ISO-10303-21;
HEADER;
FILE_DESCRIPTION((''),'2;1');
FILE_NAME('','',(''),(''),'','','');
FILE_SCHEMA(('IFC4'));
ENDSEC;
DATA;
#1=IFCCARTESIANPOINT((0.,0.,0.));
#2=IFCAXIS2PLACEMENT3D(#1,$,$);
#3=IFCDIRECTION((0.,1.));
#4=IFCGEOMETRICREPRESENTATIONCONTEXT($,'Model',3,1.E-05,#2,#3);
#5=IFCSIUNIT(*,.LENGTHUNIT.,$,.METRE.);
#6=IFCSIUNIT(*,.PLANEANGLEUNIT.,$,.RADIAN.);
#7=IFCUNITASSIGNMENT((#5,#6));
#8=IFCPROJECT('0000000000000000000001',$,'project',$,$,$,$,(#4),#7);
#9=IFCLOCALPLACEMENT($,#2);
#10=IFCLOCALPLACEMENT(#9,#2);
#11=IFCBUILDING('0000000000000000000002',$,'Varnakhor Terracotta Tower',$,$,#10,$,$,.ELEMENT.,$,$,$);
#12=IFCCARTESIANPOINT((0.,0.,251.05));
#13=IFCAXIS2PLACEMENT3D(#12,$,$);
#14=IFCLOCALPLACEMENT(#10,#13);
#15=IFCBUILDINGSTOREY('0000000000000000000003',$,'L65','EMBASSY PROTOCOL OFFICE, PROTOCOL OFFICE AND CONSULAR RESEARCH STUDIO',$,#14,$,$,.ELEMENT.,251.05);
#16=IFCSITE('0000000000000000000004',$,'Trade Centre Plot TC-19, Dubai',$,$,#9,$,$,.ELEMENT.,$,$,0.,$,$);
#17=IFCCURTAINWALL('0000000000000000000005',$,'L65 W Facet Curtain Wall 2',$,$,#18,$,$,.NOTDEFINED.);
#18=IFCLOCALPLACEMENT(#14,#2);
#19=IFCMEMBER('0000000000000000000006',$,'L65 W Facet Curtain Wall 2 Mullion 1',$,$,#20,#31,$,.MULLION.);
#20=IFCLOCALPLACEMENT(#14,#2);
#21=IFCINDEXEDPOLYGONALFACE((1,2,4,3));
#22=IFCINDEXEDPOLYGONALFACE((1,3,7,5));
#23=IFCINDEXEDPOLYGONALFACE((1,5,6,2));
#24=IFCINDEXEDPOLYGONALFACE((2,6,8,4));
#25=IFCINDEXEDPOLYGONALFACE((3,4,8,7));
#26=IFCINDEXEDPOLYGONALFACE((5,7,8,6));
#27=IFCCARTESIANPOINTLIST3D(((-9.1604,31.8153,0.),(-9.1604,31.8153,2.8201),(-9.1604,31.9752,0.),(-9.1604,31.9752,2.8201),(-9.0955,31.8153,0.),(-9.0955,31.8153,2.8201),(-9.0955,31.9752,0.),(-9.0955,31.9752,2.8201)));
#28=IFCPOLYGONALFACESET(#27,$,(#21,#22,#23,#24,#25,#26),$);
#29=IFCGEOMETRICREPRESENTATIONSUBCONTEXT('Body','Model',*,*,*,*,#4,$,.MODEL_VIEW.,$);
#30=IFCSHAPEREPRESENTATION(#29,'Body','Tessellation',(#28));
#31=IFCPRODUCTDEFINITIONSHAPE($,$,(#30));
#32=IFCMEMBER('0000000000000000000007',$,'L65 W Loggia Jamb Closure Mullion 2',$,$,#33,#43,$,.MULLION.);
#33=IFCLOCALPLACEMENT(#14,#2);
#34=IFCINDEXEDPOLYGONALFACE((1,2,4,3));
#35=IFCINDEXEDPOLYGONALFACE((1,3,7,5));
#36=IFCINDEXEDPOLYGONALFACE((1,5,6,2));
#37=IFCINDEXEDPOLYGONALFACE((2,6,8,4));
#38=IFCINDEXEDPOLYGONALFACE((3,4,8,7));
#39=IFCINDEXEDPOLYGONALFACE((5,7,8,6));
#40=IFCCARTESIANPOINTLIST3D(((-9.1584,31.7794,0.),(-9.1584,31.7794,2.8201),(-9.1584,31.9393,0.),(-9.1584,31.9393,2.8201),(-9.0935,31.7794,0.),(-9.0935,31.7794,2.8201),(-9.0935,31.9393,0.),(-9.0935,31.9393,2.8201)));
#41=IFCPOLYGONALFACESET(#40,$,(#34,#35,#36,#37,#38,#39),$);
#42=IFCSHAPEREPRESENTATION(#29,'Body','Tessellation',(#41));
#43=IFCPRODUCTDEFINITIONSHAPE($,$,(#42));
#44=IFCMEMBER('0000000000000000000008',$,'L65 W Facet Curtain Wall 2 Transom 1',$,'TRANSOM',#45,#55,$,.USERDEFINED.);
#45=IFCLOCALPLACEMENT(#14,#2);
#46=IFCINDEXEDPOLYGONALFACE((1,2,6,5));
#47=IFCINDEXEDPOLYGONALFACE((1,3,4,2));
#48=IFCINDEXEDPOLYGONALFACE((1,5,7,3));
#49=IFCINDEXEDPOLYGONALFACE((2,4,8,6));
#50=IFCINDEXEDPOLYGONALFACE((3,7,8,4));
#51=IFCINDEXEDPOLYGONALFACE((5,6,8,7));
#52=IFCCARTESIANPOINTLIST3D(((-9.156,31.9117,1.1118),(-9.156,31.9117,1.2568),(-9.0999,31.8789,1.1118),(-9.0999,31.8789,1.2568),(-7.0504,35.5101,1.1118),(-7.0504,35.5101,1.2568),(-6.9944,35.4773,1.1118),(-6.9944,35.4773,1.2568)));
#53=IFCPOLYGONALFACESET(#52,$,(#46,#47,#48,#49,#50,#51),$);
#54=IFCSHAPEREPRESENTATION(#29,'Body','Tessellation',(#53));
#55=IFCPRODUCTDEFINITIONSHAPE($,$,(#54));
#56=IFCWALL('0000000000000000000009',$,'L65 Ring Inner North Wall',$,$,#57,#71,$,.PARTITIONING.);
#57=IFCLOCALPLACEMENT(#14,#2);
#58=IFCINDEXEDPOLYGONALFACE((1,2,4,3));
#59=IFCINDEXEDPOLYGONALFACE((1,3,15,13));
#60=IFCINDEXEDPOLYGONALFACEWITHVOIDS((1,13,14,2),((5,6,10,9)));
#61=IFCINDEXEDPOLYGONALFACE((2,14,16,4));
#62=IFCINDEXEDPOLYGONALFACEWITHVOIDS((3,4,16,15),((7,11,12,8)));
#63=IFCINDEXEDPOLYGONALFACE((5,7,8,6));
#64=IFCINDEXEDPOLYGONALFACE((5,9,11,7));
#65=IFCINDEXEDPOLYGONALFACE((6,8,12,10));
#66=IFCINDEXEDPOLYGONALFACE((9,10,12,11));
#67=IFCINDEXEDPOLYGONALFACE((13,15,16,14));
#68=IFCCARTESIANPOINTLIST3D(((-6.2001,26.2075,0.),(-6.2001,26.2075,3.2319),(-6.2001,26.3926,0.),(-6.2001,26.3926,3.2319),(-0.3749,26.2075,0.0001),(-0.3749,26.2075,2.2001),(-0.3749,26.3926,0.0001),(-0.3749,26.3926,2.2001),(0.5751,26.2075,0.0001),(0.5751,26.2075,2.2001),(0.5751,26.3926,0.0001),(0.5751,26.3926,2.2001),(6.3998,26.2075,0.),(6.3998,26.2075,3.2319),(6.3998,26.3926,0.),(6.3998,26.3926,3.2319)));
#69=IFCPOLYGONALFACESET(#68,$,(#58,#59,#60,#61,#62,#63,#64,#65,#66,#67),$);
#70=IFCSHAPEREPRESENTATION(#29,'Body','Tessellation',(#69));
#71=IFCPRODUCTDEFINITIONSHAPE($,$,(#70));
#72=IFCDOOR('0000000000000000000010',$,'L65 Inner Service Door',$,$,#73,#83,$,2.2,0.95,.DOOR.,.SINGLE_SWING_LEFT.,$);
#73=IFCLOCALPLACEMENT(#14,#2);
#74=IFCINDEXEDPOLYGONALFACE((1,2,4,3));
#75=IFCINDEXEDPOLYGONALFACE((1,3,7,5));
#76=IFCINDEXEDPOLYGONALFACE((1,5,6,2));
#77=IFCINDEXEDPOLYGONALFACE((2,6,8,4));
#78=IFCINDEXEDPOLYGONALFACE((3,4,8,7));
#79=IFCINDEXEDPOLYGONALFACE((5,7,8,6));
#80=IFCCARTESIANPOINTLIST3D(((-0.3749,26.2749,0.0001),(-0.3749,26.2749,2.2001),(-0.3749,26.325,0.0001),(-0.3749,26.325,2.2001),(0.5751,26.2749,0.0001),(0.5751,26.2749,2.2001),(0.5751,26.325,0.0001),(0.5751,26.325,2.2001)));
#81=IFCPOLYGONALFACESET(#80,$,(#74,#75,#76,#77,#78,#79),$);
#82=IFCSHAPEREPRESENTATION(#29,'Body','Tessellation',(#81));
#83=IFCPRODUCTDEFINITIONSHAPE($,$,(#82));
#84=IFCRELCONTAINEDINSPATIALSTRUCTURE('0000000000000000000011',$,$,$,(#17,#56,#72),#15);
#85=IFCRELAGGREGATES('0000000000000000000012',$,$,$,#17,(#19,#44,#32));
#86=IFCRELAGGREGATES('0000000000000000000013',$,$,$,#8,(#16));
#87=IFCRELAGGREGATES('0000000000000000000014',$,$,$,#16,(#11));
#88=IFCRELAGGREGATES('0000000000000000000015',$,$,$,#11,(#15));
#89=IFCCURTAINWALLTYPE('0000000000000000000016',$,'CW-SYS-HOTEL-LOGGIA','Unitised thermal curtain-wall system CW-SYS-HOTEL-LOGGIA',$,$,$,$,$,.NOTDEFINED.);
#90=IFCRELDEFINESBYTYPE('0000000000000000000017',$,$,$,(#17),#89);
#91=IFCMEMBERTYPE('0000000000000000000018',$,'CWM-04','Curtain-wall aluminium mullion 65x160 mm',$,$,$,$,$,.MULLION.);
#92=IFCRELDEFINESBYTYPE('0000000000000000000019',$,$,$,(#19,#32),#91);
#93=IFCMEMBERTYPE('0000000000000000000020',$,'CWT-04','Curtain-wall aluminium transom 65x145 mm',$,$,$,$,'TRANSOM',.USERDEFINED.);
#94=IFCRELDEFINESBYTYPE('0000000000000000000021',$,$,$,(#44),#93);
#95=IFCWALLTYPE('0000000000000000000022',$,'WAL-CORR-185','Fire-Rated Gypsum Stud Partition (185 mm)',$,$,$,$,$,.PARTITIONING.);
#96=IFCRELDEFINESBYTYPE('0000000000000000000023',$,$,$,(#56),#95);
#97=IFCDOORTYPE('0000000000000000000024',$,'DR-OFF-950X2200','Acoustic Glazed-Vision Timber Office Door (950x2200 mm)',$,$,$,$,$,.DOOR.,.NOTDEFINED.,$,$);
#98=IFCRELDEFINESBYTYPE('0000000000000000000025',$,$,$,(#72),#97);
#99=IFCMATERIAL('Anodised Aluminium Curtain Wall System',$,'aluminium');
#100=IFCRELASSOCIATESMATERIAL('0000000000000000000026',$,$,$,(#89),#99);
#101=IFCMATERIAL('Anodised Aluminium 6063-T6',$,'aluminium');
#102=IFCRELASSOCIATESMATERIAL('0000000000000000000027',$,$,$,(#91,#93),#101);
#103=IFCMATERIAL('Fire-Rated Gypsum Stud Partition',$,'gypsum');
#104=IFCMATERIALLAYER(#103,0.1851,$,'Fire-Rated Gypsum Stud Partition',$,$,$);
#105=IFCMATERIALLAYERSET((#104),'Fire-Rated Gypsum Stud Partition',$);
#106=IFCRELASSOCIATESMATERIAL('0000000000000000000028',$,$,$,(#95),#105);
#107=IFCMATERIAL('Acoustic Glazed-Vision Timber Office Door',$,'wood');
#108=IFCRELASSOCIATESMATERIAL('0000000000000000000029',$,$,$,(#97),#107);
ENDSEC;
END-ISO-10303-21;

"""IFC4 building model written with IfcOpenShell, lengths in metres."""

from ifc_helpers import new_model, si_unit, direction, frame, frame_2d, origin, origin_2d, place, context, subcontext, project, spatial, rectangle, extrude, source, transform, mapped, material, layer, layer_set, material_profile, profile_set, type_object, type_shapes, element, fill, aggregate, save


model = new_model("IFC4")

# Units and contexts
model_context = context("Model", 3, precision=1e-05, world=origin(), true_north=direction((0.0, 1.0)))
body_context = subcontext(model_context, "Body", "Model", "MODEL_VIEW")
ifc_project = project(units=[si_unit("LENGTHUNIT", "METRE"), si_unit("PLANEANGLEUNIT", "RADIAN")], contexts=[model_context])

# Site, building, storey
site_placement = place(None, origin())
site = spatial("IfcSite", under=ifc_project, at=site_placement, Name="Trade Centre Plot TC-19, Dubai", CompositionType="ELEMENT", RefElevation=0.0)
building_placement = place(site_placement, origin())
building = spatial("IfcBuilding", under=site, at=building_placement, Name="Varnakhor Terracotta Tower", CompositionType="ELEMENT")
storey_placement = place(building_placement, frame((0.0, 0.0, 251.05)))
storey = spatial("IfcBuildingStorey", under=building, at=storey_placement, Name="L65", Description="EMBASSY PROTOCOL OFFICE, PROTOCOL OFFICE AND CONSULAR RESEARCH STUDIO", CompositionType="ELEMENT", Elevation=251.05)

# Curtain wall, members
ifc_material_1 = material(Name="Anodised Aluminium Curtain Wall System", Category="aluminium")
curtain_wall_type = type_object("IfcCurtainWallType", Name="CW-SYS-HOTEL-LOGGIA", Description="Unitised thermal curtain-wall system CW-SYS-HOTEL-LOGGIA", PredefinedType="NOTDEFINED", material=ifc_material_1)
curtain_wall_placement = place(storey_placement, origin())
curtain_wall = element("IfcCurtainWall", 1, at=curtain_wall_placement, inside=storey, type_object=curtain_wall_type, Name="L65 W Facet Curtain Wall 2", PredefinedType="NOTDEFINED")
ifc_material_2 = material(Name="Anodised Aluminium 6063-T6", Category="aluminium")
ifc_material_profile_1 = material_profile(ifc_material_2, rectangle(XDim=0.0649, YDim=0.1599, at=origin_2d()), Name="ALU MULLION 65x160")
ifc_profile_set_1 = profile_set([ifc_material_profile_1], Name="Anodised Aluminium 6063-T6")
member_type_1 = type_object("IfcMemberType", Name="CWM-04", Description="Curtain-wall aluminium mullion 65x160 mm", PredefinedType="MULLION", material=ifc_profile_set_1)
shared_shape_1 = source(origin(), body_context, "Body", "SweptSolid", [
    extrude(rectangle(XDim=0.0649, YDim=0.1599, at=origin_2d()), origin(), (0.0, 0.0, 1.0), 2.8201),
])
type_shapes(member_type_1, [shared_shape_1])
member_1_placement = place(storey_placement, frame((-9.1279, 31.8953, 0.0), z_axis=(0.0, 0.0, 1.0), x_axis=(1.0, 0.0, 0.0)))
member_1 = element("IfcMember", 2, at=member_1_placement, type_object=member_type_1, Name="L65 W Facet Curtain Wall 2 Mullion 1", PredefinedType="MULLION", context=body_context, shape_type="MappedRepresentation", body=[
    mapped(shared_shape_1, transform((0.0, 0.0, 0.0), scale=1.0)),
])
member_2_placement = place(storey_placement, frame((-9.126, 31.8594, 0.0), z_axis=(0.0, 0.0, 1.0), x_axis=(1.0, 0.0, 0.0)))
member_2 = element("IfcMember", 3, at=member_2_placement, type_object=member_type_1, Name="L65 W Loggia Jamb Closure Mullion 2", PredefinedType="MULLION", context=body_context, shape_type="MappedRepresentation", body=[
    mapped(shared_shape_1, transform((0.0, 0.0, 0.0), scale=1.0)),
])
ifc_material_profile_2 = material_profile(ifc_material_2, rectangle(XDim=0.0649, YDim=0.145, at=origin_2d()), Name="ALU TRANSOM 65x145")
ifc_profile_set_2 = profile_set([ifc_material_profile_2], Name="Anodised Aluminium 6063-T6")
member_type_2 = type_object("IfcMemberType", Name="CWT-04", Description="Curtain-wall aluminium transom 65x145 mm", ElementType="TRANSOM", PredefinedType="USERDEFINED", material=ifc_profile_set_2)
shared_shape_2 = source(origin(), body_context, "Body", "SweptSolid", [
    extrude(rectangle(XDim=0.0649, YDim=0.145, at=origin_2d()), origin(), (0.0, 0.0, 1.0), 4.1692),
])
member_3_placement = place(storey_placement, frame((-9.1279, 31.8953, 1.1843), z_axis=(0.505017, 0.863109, 0.0), x_axis=(-0.863109, 0.505017, 0.0)))
member_3 = element("IfcMember", 4, at=member_3_placement, type_object=member_type_2, Name="L65 W Facet Curtain Wall 2 Transom 1", ObjectType="TRANSOM", PredefinedType="USERDEFINED", context=body_context, shape_type="MappedRepresentation", body=[
    mapped(shared_shape_2, transform((0.0, 0.0, 0.0), scale=1.0)),
])
aggregate(curtain_wall, [member_1, member_3, member_2])

# Wall, opening, door
ifc_material_3 = material(Name="Fire-Rated Gypsum Stud Partition", Category="gypsum")
ifc_layer_1 = layer(ifc_material_3, 0.1851, Name="Fire-Rated Gypsum Stud Partition")
ifc_layer_set_1 = layer_set([ifc_layer_1], Name="Fire-Rated Gypsum Stud Partition")
wall_type_1 = type_object("IfcWallType", Name="WAL-CORR-185", Description="Fire-Rated Gypsum Stud Partition (185 mm)", PredefinedType="PARTITIONING", material=ifc_layer_set_1)
wall_1_placement = place(storey_placement, frame((-6.2, 26.3, 0.0), z_axis=(0.0, 0.0, 1.0), x_axis=(1.0, 0.0, 0.0)))
wall_1 = element("IfcWall", 5, at=wall_1_placement, inside=storey, type_object=wall_type_1, Name="L65 Ring Inner North Wall", PredefinedType="PARTITIONING", context=body_context, shape_type="SweptSolid", body=[
    extrude(rectangle(XDim=12.5999, YDim=0.1851, at=frame_2d((6.2998, 0.0))), origin(), (0.0, 0.0, 1.0), 3.2319),
])
opening_1_placement = place(wall_1_placement, frame((5.825, 0.0, 0.0)))
opening_1 = element("IfcOpeningElement", 6, at=opening_1_placement, cuts=wall_1, PredefinedType="OPENING", context=body_context, shape_type="SweptSolid", body=[
    extrude(rectangle(XDim=0.95, YDim=2.2, at=frame_2d((0.4751, 1.1001))), frame((0.0, 0.1025, 0.0), z_axis=(0.0, -1.0, 0.0), x_axis=(1.0, 0.0, 0.0)), (0.0, 0.0, 1.0), 0.2051),
])
ifc_material_4 = material(Name="Acoustic Glazed-Vision Timber Office Door", Category="wood")
door_type_1 = type_object("IfcDoorType", Name="DR-OFF-950X2200", Description="Acoustic Glazed-Vision Timber Office Door (950x2200 mm)", OperationType="NOTDEFINED", PredefinedType="DOOR", material=ifc_material_4)
shared_shape_3 = source(origin(), body_context, "Body", "SweptSolid", [
    extrude(rectangle(XDim=0.95, YDim=2.2, at=frame_2d((0.4751, 1.1001))), frame((0.0, 0.0249, 0.0), z_axis=(0.0, -1.0, 0.0), x_axis=(1.0, 0.0, 0.0)), (0.0, 0.0, 1.0), 0.05),
])
type_shapes(door_type_1, [shared_shape_3])
door_1_placement = place(opening_1_placement, origin())
door_1 = element("IfcDoor", 7, at=door_1_placement, inside=storey, type_object=door_type_1, Name="L65 Inner Service Door", OperationType="SINGLE_SWING_LEFT", OverallHeight=2.2, OverallWidth=0.95, PredefinedType="DOOR", context=body_context, shape_type="MappedRepresentation", body=[
    mapped(shared_shape_3, transform((0.0, 0.0, 0.0), scale=1.0)),
])
fill(opening_1, door_1)

save(model, "model.ifc")
